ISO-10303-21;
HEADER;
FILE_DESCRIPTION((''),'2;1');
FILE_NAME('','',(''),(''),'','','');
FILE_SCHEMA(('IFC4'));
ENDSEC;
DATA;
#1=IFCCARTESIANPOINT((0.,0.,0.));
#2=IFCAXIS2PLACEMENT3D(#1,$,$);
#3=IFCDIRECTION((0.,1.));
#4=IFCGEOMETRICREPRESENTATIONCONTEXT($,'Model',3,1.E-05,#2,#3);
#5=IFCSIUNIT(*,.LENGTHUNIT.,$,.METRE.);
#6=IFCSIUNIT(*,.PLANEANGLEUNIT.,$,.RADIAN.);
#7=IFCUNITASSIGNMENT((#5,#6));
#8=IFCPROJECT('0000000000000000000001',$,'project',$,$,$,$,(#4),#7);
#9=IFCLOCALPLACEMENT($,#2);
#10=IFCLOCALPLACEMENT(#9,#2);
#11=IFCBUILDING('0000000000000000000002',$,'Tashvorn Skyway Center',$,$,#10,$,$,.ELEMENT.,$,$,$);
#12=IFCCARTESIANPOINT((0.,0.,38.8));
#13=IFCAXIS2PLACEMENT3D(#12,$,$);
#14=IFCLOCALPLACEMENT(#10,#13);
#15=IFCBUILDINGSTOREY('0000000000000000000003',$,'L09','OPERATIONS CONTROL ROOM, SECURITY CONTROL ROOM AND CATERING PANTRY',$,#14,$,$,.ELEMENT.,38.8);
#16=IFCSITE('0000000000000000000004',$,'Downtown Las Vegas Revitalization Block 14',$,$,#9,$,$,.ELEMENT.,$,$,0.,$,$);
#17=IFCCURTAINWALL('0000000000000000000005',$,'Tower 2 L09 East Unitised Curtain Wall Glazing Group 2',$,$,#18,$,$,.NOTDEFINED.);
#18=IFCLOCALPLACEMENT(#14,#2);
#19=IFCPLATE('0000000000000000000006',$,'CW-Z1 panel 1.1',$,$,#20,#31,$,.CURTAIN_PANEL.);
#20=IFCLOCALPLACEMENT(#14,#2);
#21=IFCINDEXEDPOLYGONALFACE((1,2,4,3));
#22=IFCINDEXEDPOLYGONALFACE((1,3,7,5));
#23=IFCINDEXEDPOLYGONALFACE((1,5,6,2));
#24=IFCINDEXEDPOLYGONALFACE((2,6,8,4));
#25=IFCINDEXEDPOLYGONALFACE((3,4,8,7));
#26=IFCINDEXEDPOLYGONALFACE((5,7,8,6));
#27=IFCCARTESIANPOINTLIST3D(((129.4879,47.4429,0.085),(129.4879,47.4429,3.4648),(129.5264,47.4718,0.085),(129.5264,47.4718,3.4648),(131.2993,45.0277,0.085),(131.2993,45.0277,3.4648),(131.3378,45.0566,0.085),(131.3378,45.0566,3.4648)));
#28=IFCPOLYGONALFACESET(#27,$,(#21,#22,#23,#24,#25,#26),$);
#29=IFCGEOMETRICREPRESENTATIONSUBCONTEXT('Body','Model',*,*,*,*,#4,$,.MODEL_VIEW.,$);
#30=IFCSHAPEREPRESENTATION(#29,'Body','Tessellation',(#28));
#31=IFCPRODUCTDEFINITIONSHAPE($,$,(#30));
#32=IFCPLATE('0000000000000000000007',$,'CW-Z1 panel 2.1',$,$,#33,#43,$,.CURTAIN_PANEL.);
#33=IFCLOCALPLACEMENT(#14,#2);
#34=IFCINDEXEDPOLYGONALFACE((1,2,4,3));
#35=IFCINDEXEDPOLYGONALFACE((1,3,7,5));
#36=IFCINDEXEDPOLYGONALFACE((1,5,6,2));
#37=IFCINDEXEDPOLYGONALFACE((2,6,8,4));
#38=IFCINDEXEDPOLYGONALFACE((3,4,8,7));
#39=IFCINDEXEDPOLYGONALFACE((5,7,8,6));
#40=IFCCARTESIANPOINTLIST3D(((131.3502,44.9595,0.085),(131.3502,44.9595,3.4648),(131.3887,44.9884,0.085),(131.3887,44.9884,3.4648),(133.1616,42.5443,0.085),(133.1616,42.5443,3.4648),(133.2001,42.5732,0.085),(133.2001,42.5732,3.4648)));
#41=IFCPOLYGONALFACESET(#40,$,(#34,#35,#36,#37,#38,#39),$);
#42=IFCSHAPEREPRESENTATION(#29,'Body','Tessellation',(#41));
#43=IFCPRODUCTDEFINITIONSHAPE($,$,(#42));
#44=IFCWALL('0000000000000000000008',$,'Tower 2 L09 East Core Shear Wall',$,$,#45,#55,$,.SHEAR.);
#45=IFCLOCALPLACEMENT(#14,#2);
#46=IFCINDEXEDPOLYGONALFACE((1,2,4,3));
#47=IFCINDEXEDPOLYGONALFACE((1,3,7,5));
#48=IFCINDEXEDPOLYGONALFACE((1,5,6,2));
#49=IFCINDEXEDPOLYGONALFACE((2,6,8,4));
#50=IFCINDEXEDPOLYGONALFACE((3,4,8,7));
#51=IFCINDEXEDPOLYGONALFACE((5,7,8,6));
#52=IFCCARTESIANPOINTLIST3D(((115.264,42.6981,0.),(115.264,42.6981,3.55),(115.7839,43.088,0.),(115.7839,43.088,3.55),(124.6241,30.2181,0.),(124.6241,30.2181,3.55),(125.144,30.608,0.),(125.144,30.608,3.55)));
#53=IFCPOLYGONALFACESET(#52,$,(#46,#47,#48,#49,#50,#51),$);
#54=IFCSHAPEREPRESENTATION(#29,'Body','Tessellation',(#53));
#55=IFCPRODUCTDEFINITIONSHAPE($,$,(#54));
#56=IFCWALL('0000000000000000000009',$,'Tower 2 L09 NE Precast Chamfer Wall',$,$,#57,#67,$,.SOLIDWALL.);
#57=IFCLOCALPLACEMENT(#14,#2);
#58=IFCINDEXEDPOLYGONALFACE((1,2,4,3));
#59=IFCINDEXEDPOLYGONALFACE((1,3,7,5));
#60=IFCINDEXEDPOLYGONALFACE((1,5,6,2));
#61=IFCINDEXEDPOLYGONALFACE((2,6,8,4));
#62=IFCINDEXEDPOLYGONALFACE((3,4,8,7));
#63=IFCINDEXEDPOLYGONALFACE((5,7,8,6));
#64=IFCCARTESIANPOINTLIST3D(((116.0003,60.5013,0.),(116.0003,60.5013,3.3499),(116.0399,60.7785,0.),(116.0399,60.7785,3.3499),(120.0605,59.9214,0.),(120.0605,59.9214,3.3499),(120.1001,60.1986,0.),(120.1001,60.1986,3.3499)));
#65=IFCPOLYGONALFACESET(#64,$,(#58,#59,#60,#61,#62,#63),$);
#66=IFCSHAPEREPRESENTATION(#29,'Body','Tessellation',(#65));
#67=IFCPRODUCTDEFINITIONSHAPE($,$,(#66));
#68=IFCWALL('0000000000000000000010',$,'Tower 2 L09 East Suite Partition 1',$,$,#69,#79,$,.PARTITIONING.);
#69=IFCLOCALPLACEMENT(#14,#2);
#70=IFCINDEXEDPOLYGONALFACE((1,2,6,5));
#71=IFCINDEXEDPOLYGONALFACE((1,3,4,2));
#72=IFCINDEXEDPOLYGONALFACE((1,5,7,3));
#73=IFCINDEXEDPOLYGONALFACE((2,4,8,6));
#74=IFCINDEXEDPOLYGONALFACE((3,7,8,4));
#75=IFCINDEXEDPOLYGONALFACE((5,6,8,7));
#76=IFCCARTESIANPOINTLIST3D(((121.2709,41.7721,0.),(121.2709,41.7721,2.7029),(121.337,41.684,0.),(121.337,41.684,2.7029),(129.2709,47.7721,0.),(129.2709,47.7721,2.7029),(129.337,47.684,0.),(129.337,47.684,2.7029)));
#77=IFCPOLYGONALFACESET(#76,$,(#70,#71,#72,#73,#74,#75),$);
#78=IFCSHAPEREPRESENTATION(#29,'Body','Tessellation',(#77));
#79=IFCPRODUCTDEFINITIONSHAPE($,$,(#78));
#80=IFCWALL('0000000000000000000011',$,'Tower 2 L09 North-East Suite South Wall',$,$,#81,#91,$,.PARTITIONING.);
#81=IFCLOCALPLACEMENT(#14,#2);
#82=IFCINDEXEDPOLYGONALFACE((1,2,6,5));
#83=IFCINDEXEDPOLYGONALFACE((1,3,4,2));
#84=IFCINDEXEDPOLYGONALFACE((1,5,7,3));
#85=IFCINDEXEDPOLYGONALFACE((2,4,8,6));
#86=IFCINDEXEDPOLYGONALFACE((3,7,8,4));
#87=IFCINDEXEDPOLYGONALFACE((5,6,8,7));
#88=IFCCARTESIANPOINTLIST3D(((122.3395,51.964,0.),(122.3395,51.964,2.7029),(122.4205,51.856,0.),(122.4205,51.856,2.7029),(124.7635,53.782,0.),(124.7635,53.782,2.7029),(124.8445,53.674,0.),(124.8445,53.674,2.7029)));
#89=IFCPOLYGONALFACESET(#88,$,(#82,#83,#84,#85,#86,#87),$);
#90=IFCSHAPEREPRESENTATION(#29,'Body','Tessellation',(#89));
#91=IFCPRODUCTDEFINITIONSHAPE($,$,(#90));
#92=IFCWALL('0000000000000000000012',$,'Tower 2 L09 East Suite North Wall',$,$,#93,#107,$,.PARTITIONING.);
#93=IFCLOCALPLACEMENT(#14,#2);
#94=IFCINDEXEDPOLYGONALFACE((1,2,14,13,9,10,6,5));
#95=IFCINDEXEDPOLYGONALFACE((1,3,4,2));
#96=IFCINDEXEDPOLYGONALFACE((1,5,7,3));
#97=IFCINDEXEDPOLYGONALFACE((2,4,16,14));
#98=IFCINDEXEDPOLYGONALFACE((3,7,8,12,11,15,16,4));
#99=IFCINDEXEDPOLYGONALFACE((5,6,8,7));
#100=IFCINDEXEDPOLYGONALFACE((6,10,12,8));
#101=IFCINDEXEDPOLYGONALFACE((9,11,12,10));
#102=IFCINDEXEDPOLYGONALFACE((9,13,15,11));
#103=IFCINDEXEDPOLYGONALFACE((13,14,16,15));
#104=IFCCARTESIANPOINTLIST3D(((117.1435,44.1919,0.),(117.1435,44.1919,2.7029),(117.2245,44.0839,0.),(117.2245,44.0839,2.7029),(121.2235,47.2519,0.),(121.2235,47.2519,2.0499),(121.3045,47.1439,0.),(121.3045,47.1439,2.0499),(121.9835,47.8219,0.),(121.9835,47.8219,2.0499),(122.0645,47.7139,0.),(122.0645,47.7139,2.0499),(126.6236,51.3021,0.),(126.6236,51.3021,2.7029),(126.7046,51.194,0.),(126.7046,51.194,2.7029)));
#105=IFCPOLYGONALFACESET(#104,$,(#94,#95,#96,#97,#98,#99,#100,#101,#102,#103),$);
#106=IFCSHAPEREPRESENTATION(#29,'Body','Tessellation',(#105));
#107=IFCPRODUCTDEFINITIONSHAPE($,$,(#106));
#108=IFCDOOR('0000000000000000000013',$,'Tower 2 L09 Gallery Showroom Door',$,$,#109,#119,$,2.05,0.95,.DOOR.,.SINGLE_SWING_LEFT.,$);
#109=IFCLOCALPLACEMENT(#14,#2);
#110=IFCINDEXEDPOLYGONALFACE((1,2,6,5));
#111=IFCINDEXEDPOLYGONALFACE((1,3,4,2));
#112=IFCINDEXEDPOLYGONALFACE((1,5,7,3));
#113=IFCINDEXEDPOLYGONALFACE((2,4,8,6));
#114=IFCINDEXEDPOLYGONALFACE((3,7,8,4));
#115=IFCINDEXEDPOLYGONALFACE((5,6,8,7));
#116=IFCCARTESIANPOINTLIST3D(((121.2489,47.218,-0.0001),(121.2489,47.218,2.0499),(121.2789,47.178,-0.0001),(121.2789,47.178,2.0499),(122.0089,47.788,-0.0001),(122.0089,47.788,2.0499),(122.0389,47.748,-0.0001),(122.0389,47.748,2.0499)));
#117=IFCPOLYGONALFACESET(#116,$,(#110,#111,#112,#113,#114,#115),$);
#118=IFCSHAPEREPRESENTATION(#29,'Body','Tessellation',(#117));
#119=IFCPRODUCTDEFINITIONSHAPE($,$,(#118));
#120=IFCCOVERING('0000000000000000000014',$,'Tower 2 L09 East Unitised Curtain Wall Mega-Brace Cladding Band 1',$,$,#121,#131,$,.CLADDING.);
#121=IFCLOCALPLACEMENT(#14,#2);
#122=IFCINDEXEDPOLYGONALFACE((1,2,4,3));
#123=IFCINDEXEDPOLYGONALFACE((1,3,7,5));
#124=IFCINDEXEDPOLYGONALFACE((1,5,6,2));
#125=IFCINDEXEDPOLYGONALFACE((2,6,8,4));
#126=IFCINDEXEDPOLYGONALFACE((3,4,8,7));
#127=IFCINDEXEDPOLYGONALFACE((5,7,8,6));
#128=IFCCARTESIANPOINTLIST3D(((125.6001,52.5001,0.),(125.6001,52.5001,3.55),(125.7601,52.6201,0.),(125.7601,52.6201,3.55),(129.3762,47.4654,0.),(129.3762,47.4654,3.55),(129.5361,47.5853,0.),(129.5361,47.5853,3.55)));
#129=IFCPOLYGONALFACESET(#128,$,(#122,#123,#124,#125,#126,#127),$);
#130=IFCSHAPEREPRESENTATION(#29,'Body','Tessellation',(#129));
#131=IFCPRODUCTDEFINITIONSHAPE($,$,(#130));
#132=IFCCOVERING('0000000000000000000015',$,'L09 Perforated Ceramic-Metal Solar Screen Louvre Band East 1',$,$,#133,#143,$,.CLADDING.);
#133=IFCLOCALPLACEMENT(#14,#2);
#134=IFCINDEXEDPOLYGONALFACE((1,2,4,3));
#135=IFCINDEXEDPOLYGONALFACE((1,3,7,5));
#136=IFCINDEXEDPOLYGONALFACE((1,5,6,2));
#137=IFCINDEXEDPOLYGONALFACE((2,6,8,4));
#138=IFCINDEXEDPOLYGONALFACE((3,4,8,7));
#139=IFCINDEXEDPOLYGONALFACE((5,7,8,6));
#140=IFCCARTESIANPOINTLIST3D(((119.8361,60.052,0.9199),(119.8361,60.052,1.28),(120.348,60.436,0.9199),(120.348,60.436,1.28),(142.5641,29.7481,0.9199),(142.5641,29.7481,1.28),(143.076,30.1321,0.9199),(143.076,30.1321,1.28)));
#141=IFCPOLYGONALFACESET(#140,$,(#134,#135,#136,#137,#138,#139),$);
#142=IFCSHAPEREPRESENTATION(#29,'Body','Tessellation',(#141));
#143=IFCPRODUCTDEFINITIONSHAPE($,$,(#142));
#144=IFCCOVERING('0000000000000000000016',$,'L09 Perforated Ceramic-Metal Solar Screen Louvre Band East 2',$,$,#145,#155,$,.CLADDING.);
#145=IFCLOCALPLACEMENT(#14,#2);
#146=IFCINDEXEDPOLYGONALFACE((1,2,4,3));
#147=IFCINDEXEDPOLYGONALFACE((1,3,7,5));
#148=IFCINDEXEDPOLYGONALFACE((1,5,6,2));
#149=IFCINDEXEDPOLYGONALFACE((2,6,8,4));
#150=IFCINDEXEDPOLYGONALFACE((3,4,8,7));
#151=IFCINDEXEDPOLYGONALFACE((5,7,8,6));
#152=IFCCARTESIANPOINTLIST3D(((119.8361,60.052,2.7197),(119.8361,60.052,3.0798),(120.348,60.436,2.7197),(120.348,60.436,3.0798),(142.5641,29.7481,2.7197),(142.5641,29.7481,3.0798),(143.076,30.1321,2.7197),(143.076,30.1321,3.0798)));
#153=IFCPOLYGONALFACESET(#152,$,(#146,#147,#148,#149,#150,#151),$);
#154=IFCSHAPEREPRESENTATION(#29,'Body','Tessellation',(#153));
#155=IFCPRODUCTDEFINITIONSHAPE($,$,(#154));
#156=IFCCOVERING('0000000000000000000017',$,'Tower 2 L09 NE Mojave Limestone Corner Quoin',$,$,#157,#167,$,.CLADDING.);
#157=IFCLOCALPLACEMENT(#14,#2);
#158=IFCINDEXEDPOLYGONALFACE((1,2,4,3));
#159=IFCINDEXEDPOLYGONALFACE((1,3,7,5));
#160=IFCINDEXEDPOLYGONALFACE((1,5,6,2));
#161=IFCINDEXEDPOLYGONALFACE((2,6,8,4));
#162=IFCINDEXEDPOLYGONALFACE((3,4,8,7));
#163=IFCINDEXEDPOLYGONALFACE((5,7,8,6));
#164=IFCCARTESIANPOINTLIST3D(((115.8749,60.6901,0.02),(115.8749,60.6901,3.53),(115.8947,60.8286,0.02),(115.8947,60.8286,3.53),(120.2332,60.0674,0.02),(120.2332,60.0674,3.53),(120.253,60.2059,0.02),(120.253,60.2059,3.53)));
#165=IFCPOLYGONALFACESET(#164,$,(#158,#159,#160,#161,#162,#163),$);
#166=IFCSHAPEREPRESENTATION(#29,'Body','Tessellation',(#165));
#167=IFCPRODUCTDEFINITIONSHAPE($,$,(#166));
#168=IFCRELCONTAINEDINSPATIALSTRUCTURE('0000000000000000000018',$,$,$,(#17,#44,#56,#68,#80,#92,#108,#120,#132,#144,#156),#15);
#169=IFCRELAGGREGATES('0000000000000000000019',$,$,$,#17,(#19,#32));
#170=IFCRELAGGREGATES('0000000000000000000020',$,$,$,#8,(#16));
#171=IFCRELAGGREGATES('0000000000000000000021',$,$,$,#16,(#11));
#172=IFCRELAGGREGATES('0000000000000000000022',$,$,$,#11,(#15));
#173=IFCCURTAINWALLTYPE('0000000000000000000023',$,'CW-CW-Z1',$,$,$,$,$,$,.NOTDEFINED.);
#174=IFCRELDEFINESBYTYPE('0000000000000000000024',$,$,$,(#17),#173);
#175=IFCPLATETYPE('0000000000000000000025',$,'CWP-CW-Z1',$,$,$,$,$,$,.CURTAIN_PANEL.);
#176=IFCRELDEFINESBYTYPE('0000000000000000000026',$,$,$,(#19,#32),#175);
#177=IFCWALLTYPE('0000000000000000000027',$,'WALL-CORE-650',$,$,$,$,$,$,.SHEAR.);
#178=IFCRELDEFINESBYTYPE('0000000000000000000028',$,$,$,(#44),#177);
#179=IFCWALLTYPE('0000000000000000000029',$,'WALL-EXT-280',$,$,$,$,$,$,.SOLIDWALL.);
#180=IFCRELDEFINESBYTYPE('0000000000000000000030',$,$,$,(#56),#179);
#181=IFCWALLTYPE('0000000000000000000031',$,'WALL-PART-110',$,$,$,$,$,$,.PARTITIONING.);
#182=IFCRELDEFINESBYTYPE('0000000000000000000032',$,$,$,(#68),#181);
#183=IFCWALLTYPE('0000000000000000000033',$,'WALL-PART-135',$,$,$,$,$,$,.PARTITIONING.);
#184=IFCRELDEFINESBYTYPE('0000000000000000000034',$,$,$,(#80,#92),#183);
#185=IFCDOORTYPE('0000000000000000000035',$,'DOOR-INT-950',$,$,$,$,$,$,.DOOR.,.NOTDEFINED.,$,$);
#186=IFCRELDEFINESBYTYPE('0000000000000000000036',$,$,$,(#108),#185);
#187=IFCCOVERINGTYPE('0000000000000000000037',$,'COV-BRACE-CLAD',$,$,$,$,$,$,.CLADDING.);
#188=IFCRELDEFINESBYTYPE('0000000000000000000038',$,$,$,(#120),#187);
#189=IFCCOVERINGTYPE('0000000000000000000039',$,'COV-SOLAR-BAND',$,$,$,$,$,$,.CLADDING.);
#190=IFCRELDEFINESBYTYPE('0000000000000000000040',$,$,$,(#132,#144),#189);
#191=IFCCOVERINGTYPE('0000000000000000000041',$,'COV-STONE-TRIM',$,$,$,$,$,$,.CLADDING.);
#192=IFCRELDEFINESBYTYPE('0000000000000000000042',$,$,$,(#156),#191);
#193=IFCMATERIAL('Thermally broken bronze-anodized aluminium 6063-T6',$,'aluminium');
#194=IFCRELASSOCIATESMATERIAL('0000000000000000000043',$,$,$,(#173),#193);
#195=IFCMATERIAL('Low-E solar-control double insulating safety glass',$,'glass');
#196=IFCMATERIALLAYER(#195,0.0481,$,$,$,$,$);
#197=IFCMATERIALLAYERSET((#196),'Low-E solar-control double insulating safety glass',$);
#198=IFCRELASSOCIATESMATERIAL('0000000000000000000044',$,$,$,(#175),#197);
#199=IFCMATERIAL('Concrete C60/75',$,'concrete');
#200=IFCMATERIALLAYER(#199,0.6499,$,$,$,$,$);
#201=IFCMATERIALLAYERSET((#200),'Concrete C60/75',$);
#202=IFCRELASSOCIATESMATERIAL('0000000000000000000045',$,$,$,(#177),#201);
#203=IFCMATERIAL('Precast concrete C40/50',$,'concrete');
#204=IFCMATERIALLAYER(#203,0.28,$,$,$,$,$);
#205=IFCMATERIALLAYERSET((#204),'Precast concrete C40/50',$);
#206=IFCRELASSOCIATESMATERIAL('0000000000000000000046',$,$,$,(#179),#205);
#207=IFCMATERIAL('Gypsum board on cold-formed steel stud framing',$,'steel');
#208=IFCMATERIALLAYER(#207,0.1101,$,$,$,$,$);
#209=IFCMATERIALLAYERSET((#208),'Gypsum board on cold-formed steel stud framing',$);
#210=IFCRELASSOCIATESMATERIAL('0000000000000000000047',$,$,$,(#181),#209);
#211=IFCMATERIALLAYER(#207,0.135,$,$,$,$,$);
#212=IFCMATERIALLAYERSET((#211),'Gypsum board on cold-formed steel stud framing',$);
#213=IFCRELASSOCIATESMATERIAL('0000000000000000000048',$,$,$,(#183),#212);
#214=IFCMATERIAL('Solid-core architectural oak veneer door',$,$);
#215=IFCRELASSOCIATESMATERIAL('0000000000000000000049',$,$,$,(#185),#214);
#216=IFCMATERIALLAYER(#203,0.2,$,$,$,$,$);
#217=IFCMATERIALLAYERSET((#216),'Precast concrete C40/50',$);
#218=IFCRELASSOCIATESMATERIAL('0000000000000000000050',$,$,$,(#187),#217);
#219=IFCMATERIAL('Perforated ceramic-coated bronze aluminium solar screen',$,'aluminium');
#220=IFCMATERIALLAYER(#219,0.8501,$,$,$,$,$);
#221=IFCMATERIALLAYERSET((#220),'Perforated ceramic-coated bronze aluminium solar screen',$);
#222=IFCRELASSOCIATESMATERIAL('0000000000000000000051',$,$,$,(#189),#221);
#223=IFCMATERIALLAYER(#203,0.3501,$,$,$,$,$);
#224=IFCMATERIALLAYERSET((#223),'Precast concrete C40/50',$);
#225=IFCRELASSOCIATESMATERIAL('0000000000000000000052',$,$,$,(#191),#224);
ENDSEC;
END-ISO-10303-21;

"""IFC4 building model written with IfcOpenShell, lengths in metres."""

from ifc_helpers import new_model, si_unit, direction, frame, frame_2d, origin, origin_2d, place, context, subcontext, project, spatial, rectangle, extrude, material, layer, layer_set, type_object, element, fill, aggregate, save


model = new_model("IFC4")

# Units and contexts
model_context = context("Model", 3, precision=1e-05, world=origin(), true_north=direction((0.0, 1.0)))
body_context = subcontext(model_context, "Body", "Model", "MODEL_VIEW")
ifc_project = project(units=[si_unit("LENGTHUNIT", "METRE"), si_unit("PLANEANGLEUNIT", "RADIAN")], contexts=[model_context])

# Site, building, storey
site_placement = place(None, origin())
site = spatial("IfcSite", under=ifc_project, at=site_placement, Name="Downtown Las Vegas Revitalization Block 14", CompositionType="ELEMENT", RefElevation=0.0)
building_placement = place(site_placement, origin())
building = spatial("IfcBuilding", under=site, at=building_placement, Name="Tashvorn Skyway Center", CompositionType="ELEMENT")
storey_placement = place(building_placement, frame((0.0, 0.0, 38.8)))
storey = spatial("IfcBuildingStorey", under=building, at=storey_placement, Name="L09", Description="OPERATIONS CONTROL ROOM, SECURITY CONTROL ROOM AND CATERING PANTRY", CompositionType="ELEMENT", Elevation=38.8)

# Shared definitions
ifc_material_1 = material(Name="Thermally broken bronze-anodized aluminium 6063-T6", Category="aluminium")
curtain_wall_type = type_object("IfcCurtainWallType", Name="CW-CW-Z1", PredefinedType="NOTDEFINED", material=ifc_material_1)

# Curtain wall
curtain_wall_1_placement = place(storey_placement, origin())
curtain_wall_1 = element("IfcCurtainWall", 1, at=curtain_wall_1_placement, inside=storey, type_object=curtain_wall_type, Name="Tower 2 L09 East Unitised Curtain Wall Glazing Group 2", PredefinedType="NOTDEFINED")

# Plates
ifc_material_2 = material(Name="Low-E solar-control double insulating safety glass", Category="glass")
ifc_layer_1 = layer(ifc_material_2, 0.0481)
ifc_layer_set_1 = layer_set([ifc_layer_1], Name="Low-E solar-control double insulating safety glass")
plate_type = type_object("IfcPlateType", Name="CWP-CW-Z1", PredefinedType="CURTAIN_PANEL", material=ifc_layer_set_1)
plate_1_placement = place(storey_placement, frame((130.4128, 46.2498, 0.085), z_axis=(0.0, 0.0, 1.0), x_axis=(0.600005, -0.799996, 0.0)))
plate_1 = element("IfcPlate", 2, at=plate_1_placement, type_object=plate_type, Name="CW-Z1 panel 1.1", PredefinedType="CURTAIN_PANEL", context=body_context, shape_type="SweptSolid", body=[
    extrude(rectangle(XDim=3.019, YDim=0.0481, at=origin_2d()), origin(), (0.0, 0.0, 1.0), 3.3799),
])
plate_2_placement = place(storey_placement, frame((132.2751, 43.7664, 0.085), z_axis=(0.0, 0.0, 1.0), x_axis=(0.600005, -0.799996, 0.0)))
plate_2 = element("IfcPlate", 3, at=plate_2_placement, type_object=plate_type, Name="CW-Z1 panel 2.1", PredefinedType="CURTAIN_PANEL", context=body_context, shape_type="SweptSolid", body=[
    extrude(rectangle(XDim=3.019, YDim=0.0481, at=origin_2d()), origin(), (0.0, 0.0, 1.0), 3.3799),
])
aggregate(curtain_wall_1, [plate_1, plate_2])

# Walls
ifc_material_3 = material(Name="Concrete C60/75", Category="concrete")
ifc_layer_2 = layer(ifc_material_3, 0.6499)
ifc_layer_set_2 = layer_set([ifc_layer_2], Name="Concrete C60/75")
wall_type_1 = type_object("IfcWallType", Name="WALL-CORE-650", PredefinedType="SHEAR", material=ifc_layer_set_2)
wall_1_placement = place(storey_placement, frame((115.5239, 42.8931, 0.0), z_axis=(0.0, 0.0, 1.0), x_axis=(0.600005, -0.799996, 0.0)))
element("IfcWall", 4, at=wall_1_placement, inside=storey, type_object=wall_type_1, Name="Tower 2 L09 East Core Shear Wall", PredefinedType="SHEAR", context=body_context, shape_type="SweptSolid", body=[
    extrude(rectangle(XDim=15.6001, YDim=0.6499, at=frame_2d((7.8, 0.0))), origin(), (0.0, 0.0, 1.0), 3.55),
])
ifc_material_4 = material(Name="Precast concrete C40/50", Category="concrete")
ifc_layer_3 = layer(ifc_material_4, 0.28)
ifc_layer_set_3 = layer_set([ifc_layer_3], Name="Precast concrete C40/50")
wall_type_2 = type_object("IfcWallType", Name="WALL-EXT-280", PredefinedType="SOLIDWALL", material=ifc_layer_set_3)
wall_2_placement = place(storey_placement, frame((116.02, 60.6399, 0.0), z_axis=(0.0, 0.0, 1.0), x_axis=(0.989955, -0.14138, 0.0)))
element("IfcWall", 5, at=wall_2_placement, inside=storey, type_object=wall_type_2, Name="Tower 2 L09 NE Precast Chamfer Wall", PredefinedType="SOLIDWALL", context=body_context, shape_type="SweptSolid", body=[
    extrude(rectangle(XDim=4.1013, YDim=0.28, at=frame_2d((2.0508, 0.0))), origin(), (0.0, 0.0, 1.0), 3.3499),
])
ifc_material_5 = material(Name="Gypsum board on cold-formed steel stud framing", Category="steel")
ifc_layer_4 = layer(ifc_material_5, 0.1101)
ifc_layer_set_4 = layer_set([ifc_layer_4], Name="Gypsum board on cold-formed steel stud framing")
wall_type_3 = type_object("IfcWallType", Name="WALL-PART-110", PredefinedType="PARTITIONING", material=ifc_layer_set_4)
wall_3_placement = place(storey_placement, frame((129.304, 47.728, 0.0), z_axis=(0.0, 0.0, 1.0), x_axis=(-0.8, -0.6, 0.0)))
element("IfcWall", 6, at=wall_3_placement, inside=storey, type_object=wall_type_3, Name="Tower 2 L09 East Suite Partition 1", PredefinedType="PARTITIONING", context=body_context, shape_type="SweptSolid", body=[
    extrude(rectangle(XDim=10.0, YDim=0.1101, at=frame_2d((5.0, 0.0))), origin(), (0.0, 0.0, 1.0), 2.7029),
])
ifc_layer_5 = layer(ifc_material_5, 0.135)
ifc_layer_set_5 = layer_set([ifc_layer_5], Name="Gypsum board on cold-formed steel stud framing")
wall_type_4 = type_object("IfcWallType", Name="WALL-PART-135", PredefinedType="PARTITIONING", material=ifc_layer_set_5)
wall_4_placement = place(storey_placement, frame((122.3799, 51.9099, 0.0), z_axis=(0.0, 0.0, 1.0), x_axis=(0.79999, 0.600013, 0.0)))
element("IfcWall", 7, at=wall_4_placement, inside=storey, type_object=wall_type_4, Name="Tower 2 L09 North-East Suite South Wall", PredefinedType="PARTITIONING", context=body_context, shape_type="SweptSolid", body=[
    extrude(rectangle(XDim=3.03, YDim=0.135, at=frame_2d((1.5151, 0.0))), origin(), (0.0, 0.0, 1.0), 2.7029),
])

# Wall, opening, door
wall_5_placement = place(storey_placement, frame((126.6641, 51.248, 0.0), z_axis=(0.0, 0.0, 1.0), x_axis=(-0.799995, -0.600007, 0.0)))
wall_5 = element("IfcWall", 8, at=wall_5_placement, inside=storey, type_object=wall_type_4, Name="Tower 2 L09 East Suite North Wall", PredefinedType="PARTITIONING", context=body_context, shape_type="SweptSolid", body=[
    extrude(rectangle(XDim=11.8501, YDim=0.135, at=frame_2d((5.925, 0.0))), origin(), (0.0, 0.0, 1.0), 2.7029),
])
opening_placement = place(wall_5_placement, frame((5.8, 0.0, 0.0)))
opening = element("IfcOpeningElement", 9, at=opening_placement, cuts=wall_5, PredefinedType="OPENING", context=body_context, shape_type="SweptSolid", body=[
    extrude(rectangle(XDim=0.95, YDim=2.05, at=frame_2d((0.4751, 1.0249))), frame((0.0, 0.0774, 0.0), z_axis=(0.0, -1.0, 0.0), x_axis=(1.0, 0.0, 0.0)), (0.0, 0.0, 1.0), 0.155),
])
ifc_material_6 = material(Name="Solid-core architectural oak veneer door")
door_type = type_object("IfcDoorType", Name="DOOR-INT-950", OperationType="NOTDEFINED", PredefinedType="DOOR", material=ifc_material_6)
door_placement = place(opening_placement, origin())
door = element("IfcDoor", 10, at=door_placement, inside=storey, type_object=door_type, Name="Tower 2 L09 Gallery Showroom Door", OperationType="SINGLE_SWING_LEFT", OverallHeight=2.05, OverallWidth=0.95, PredefinedType="DOOR", context=body_context, shape_type="SweptSolid", body=[
    extrude(rectangle(XDim=0.95, YDim=2.05, at=frame_2d((0.4751, 1.0249))), frame((0.0, 0.0249, 0.0), z_axis=(0.0, -1.0, 0.0), x_axis=(1.0, 0.0, 0.0)), (0.0, 0.0, 1.0), 0.05),
])
fill(opening, door)

# Coverings
ifc_layer_6 = layer(ifc_material_4, 0.2)
ifc_layer_set_6 = layer_set([ifc_layer_6], Name="Precast concrete C40/50")
covering_type_1 = type_object("IfcCoveringType", Name="COV-BRACE-CLAD", PredefinedType="CLADDING", material=ifc_layer_set_6)
covering_1_placement = place(storey_placement, frame((127.5681, 50.0427, 0.0), z_axis=(0.0, 0.0, 1.0), x_axis=(0.6, -0.8, 0.0)))
element("IfcCovering", 11, at=covering_1_placement, inside=storey, type_object=covering_type_1, Name="Tower 2 L09 East Unitised Curtain Wall Mega-Brace Cladding Band 1", PredefinedType="CLADDING", context=body_context, shape_type="SweptSolid", body=[
    extrude(rectangle(XDim=6.2935, YDim=0.2, at=origin_2d()), origin(), (0.0, 0.0, 1.0), 3.55),
])
ifc_material_7 = material(Name="Perforated ceramic-coated bronze aluminium solar screen", Category="aluminium")
ifc_layer_7 = layer(ifc_material_7, 0.8501)
ifc_layer_set_7 = layer_set([ifc_layer_7], Name="Perforated ceramic-coated bronze aluminium solar screen")
covering_type_2 = type_object("IfcCoveringType", Name="COV-SOLAR-BAND", PredefinedType="CLADDING", material=ifc_layer_set_7)
for number, where, z_axis, x_axis, name in (
    (12, (131.4561, 45.092, 0.9199), (0.0, 0.0, 1.0), (0.6, -0.8, 0.0), "L09 Perforated Ceramic-Metal Solar Screen Louvre Band East 1"),
    (13, (131.4561, 45.092, 2.7197), (0.0, 0.0, 1.0), (0.6, -0.8, 0.0), "L09 Perforated Ceramic-Metal Solar Screen Louvre Band East 2"),
):
    element("IfcCovering", number, at=place(storey_placement, frame(where, z_axis=z_axis, x_axis=x_axis)), inside=storey, type_object=covering_type_2, Name=name, PredefinedType="CLADDING", context=body_context, shape_type="SweptSolid", body=[
        extrude(rectangle(XDim=37.8799, YDim=0.6399, at=origin_2d()), origin(), (0.0, 0.0, 1.0), 0.3601),
    ])
ifc_layer_8 = layer(ifc_material_4, 0.3501)
ifc_layer_set_8 = layer_set([ifc_layer_8], Name="Precast concrete C40/50")
covering_type_3 = type_object("IfcCoveringType", Name="COV-STONE-TRIM", PredefinedType="CLADDING", material=ifc_layer_set_8)
covering_2_placement = place(storey_placement, frame((118.064, 60.448, 0.02), z_axis=(0.0, 0.0, 1.0), x_axis=(0.989949, -0.141421, 0.0)))
element("IfcCovering", 14, at=covering_2_placement, inside=storey, type_object=covering_type_3, Name="Tower 2 L09 NE Mojave Limestone Corner Quoin", PredefinedType="CLADDING", context=body_context, shape_type="SweptSolid", body=[
    extrude(rectangle(XDim=4.4026, YDim=0.1399, at=origin_2d()), origin(), (0.0, 0.0, 1.0), 3.51),
])

save(model, "model.ifc")
